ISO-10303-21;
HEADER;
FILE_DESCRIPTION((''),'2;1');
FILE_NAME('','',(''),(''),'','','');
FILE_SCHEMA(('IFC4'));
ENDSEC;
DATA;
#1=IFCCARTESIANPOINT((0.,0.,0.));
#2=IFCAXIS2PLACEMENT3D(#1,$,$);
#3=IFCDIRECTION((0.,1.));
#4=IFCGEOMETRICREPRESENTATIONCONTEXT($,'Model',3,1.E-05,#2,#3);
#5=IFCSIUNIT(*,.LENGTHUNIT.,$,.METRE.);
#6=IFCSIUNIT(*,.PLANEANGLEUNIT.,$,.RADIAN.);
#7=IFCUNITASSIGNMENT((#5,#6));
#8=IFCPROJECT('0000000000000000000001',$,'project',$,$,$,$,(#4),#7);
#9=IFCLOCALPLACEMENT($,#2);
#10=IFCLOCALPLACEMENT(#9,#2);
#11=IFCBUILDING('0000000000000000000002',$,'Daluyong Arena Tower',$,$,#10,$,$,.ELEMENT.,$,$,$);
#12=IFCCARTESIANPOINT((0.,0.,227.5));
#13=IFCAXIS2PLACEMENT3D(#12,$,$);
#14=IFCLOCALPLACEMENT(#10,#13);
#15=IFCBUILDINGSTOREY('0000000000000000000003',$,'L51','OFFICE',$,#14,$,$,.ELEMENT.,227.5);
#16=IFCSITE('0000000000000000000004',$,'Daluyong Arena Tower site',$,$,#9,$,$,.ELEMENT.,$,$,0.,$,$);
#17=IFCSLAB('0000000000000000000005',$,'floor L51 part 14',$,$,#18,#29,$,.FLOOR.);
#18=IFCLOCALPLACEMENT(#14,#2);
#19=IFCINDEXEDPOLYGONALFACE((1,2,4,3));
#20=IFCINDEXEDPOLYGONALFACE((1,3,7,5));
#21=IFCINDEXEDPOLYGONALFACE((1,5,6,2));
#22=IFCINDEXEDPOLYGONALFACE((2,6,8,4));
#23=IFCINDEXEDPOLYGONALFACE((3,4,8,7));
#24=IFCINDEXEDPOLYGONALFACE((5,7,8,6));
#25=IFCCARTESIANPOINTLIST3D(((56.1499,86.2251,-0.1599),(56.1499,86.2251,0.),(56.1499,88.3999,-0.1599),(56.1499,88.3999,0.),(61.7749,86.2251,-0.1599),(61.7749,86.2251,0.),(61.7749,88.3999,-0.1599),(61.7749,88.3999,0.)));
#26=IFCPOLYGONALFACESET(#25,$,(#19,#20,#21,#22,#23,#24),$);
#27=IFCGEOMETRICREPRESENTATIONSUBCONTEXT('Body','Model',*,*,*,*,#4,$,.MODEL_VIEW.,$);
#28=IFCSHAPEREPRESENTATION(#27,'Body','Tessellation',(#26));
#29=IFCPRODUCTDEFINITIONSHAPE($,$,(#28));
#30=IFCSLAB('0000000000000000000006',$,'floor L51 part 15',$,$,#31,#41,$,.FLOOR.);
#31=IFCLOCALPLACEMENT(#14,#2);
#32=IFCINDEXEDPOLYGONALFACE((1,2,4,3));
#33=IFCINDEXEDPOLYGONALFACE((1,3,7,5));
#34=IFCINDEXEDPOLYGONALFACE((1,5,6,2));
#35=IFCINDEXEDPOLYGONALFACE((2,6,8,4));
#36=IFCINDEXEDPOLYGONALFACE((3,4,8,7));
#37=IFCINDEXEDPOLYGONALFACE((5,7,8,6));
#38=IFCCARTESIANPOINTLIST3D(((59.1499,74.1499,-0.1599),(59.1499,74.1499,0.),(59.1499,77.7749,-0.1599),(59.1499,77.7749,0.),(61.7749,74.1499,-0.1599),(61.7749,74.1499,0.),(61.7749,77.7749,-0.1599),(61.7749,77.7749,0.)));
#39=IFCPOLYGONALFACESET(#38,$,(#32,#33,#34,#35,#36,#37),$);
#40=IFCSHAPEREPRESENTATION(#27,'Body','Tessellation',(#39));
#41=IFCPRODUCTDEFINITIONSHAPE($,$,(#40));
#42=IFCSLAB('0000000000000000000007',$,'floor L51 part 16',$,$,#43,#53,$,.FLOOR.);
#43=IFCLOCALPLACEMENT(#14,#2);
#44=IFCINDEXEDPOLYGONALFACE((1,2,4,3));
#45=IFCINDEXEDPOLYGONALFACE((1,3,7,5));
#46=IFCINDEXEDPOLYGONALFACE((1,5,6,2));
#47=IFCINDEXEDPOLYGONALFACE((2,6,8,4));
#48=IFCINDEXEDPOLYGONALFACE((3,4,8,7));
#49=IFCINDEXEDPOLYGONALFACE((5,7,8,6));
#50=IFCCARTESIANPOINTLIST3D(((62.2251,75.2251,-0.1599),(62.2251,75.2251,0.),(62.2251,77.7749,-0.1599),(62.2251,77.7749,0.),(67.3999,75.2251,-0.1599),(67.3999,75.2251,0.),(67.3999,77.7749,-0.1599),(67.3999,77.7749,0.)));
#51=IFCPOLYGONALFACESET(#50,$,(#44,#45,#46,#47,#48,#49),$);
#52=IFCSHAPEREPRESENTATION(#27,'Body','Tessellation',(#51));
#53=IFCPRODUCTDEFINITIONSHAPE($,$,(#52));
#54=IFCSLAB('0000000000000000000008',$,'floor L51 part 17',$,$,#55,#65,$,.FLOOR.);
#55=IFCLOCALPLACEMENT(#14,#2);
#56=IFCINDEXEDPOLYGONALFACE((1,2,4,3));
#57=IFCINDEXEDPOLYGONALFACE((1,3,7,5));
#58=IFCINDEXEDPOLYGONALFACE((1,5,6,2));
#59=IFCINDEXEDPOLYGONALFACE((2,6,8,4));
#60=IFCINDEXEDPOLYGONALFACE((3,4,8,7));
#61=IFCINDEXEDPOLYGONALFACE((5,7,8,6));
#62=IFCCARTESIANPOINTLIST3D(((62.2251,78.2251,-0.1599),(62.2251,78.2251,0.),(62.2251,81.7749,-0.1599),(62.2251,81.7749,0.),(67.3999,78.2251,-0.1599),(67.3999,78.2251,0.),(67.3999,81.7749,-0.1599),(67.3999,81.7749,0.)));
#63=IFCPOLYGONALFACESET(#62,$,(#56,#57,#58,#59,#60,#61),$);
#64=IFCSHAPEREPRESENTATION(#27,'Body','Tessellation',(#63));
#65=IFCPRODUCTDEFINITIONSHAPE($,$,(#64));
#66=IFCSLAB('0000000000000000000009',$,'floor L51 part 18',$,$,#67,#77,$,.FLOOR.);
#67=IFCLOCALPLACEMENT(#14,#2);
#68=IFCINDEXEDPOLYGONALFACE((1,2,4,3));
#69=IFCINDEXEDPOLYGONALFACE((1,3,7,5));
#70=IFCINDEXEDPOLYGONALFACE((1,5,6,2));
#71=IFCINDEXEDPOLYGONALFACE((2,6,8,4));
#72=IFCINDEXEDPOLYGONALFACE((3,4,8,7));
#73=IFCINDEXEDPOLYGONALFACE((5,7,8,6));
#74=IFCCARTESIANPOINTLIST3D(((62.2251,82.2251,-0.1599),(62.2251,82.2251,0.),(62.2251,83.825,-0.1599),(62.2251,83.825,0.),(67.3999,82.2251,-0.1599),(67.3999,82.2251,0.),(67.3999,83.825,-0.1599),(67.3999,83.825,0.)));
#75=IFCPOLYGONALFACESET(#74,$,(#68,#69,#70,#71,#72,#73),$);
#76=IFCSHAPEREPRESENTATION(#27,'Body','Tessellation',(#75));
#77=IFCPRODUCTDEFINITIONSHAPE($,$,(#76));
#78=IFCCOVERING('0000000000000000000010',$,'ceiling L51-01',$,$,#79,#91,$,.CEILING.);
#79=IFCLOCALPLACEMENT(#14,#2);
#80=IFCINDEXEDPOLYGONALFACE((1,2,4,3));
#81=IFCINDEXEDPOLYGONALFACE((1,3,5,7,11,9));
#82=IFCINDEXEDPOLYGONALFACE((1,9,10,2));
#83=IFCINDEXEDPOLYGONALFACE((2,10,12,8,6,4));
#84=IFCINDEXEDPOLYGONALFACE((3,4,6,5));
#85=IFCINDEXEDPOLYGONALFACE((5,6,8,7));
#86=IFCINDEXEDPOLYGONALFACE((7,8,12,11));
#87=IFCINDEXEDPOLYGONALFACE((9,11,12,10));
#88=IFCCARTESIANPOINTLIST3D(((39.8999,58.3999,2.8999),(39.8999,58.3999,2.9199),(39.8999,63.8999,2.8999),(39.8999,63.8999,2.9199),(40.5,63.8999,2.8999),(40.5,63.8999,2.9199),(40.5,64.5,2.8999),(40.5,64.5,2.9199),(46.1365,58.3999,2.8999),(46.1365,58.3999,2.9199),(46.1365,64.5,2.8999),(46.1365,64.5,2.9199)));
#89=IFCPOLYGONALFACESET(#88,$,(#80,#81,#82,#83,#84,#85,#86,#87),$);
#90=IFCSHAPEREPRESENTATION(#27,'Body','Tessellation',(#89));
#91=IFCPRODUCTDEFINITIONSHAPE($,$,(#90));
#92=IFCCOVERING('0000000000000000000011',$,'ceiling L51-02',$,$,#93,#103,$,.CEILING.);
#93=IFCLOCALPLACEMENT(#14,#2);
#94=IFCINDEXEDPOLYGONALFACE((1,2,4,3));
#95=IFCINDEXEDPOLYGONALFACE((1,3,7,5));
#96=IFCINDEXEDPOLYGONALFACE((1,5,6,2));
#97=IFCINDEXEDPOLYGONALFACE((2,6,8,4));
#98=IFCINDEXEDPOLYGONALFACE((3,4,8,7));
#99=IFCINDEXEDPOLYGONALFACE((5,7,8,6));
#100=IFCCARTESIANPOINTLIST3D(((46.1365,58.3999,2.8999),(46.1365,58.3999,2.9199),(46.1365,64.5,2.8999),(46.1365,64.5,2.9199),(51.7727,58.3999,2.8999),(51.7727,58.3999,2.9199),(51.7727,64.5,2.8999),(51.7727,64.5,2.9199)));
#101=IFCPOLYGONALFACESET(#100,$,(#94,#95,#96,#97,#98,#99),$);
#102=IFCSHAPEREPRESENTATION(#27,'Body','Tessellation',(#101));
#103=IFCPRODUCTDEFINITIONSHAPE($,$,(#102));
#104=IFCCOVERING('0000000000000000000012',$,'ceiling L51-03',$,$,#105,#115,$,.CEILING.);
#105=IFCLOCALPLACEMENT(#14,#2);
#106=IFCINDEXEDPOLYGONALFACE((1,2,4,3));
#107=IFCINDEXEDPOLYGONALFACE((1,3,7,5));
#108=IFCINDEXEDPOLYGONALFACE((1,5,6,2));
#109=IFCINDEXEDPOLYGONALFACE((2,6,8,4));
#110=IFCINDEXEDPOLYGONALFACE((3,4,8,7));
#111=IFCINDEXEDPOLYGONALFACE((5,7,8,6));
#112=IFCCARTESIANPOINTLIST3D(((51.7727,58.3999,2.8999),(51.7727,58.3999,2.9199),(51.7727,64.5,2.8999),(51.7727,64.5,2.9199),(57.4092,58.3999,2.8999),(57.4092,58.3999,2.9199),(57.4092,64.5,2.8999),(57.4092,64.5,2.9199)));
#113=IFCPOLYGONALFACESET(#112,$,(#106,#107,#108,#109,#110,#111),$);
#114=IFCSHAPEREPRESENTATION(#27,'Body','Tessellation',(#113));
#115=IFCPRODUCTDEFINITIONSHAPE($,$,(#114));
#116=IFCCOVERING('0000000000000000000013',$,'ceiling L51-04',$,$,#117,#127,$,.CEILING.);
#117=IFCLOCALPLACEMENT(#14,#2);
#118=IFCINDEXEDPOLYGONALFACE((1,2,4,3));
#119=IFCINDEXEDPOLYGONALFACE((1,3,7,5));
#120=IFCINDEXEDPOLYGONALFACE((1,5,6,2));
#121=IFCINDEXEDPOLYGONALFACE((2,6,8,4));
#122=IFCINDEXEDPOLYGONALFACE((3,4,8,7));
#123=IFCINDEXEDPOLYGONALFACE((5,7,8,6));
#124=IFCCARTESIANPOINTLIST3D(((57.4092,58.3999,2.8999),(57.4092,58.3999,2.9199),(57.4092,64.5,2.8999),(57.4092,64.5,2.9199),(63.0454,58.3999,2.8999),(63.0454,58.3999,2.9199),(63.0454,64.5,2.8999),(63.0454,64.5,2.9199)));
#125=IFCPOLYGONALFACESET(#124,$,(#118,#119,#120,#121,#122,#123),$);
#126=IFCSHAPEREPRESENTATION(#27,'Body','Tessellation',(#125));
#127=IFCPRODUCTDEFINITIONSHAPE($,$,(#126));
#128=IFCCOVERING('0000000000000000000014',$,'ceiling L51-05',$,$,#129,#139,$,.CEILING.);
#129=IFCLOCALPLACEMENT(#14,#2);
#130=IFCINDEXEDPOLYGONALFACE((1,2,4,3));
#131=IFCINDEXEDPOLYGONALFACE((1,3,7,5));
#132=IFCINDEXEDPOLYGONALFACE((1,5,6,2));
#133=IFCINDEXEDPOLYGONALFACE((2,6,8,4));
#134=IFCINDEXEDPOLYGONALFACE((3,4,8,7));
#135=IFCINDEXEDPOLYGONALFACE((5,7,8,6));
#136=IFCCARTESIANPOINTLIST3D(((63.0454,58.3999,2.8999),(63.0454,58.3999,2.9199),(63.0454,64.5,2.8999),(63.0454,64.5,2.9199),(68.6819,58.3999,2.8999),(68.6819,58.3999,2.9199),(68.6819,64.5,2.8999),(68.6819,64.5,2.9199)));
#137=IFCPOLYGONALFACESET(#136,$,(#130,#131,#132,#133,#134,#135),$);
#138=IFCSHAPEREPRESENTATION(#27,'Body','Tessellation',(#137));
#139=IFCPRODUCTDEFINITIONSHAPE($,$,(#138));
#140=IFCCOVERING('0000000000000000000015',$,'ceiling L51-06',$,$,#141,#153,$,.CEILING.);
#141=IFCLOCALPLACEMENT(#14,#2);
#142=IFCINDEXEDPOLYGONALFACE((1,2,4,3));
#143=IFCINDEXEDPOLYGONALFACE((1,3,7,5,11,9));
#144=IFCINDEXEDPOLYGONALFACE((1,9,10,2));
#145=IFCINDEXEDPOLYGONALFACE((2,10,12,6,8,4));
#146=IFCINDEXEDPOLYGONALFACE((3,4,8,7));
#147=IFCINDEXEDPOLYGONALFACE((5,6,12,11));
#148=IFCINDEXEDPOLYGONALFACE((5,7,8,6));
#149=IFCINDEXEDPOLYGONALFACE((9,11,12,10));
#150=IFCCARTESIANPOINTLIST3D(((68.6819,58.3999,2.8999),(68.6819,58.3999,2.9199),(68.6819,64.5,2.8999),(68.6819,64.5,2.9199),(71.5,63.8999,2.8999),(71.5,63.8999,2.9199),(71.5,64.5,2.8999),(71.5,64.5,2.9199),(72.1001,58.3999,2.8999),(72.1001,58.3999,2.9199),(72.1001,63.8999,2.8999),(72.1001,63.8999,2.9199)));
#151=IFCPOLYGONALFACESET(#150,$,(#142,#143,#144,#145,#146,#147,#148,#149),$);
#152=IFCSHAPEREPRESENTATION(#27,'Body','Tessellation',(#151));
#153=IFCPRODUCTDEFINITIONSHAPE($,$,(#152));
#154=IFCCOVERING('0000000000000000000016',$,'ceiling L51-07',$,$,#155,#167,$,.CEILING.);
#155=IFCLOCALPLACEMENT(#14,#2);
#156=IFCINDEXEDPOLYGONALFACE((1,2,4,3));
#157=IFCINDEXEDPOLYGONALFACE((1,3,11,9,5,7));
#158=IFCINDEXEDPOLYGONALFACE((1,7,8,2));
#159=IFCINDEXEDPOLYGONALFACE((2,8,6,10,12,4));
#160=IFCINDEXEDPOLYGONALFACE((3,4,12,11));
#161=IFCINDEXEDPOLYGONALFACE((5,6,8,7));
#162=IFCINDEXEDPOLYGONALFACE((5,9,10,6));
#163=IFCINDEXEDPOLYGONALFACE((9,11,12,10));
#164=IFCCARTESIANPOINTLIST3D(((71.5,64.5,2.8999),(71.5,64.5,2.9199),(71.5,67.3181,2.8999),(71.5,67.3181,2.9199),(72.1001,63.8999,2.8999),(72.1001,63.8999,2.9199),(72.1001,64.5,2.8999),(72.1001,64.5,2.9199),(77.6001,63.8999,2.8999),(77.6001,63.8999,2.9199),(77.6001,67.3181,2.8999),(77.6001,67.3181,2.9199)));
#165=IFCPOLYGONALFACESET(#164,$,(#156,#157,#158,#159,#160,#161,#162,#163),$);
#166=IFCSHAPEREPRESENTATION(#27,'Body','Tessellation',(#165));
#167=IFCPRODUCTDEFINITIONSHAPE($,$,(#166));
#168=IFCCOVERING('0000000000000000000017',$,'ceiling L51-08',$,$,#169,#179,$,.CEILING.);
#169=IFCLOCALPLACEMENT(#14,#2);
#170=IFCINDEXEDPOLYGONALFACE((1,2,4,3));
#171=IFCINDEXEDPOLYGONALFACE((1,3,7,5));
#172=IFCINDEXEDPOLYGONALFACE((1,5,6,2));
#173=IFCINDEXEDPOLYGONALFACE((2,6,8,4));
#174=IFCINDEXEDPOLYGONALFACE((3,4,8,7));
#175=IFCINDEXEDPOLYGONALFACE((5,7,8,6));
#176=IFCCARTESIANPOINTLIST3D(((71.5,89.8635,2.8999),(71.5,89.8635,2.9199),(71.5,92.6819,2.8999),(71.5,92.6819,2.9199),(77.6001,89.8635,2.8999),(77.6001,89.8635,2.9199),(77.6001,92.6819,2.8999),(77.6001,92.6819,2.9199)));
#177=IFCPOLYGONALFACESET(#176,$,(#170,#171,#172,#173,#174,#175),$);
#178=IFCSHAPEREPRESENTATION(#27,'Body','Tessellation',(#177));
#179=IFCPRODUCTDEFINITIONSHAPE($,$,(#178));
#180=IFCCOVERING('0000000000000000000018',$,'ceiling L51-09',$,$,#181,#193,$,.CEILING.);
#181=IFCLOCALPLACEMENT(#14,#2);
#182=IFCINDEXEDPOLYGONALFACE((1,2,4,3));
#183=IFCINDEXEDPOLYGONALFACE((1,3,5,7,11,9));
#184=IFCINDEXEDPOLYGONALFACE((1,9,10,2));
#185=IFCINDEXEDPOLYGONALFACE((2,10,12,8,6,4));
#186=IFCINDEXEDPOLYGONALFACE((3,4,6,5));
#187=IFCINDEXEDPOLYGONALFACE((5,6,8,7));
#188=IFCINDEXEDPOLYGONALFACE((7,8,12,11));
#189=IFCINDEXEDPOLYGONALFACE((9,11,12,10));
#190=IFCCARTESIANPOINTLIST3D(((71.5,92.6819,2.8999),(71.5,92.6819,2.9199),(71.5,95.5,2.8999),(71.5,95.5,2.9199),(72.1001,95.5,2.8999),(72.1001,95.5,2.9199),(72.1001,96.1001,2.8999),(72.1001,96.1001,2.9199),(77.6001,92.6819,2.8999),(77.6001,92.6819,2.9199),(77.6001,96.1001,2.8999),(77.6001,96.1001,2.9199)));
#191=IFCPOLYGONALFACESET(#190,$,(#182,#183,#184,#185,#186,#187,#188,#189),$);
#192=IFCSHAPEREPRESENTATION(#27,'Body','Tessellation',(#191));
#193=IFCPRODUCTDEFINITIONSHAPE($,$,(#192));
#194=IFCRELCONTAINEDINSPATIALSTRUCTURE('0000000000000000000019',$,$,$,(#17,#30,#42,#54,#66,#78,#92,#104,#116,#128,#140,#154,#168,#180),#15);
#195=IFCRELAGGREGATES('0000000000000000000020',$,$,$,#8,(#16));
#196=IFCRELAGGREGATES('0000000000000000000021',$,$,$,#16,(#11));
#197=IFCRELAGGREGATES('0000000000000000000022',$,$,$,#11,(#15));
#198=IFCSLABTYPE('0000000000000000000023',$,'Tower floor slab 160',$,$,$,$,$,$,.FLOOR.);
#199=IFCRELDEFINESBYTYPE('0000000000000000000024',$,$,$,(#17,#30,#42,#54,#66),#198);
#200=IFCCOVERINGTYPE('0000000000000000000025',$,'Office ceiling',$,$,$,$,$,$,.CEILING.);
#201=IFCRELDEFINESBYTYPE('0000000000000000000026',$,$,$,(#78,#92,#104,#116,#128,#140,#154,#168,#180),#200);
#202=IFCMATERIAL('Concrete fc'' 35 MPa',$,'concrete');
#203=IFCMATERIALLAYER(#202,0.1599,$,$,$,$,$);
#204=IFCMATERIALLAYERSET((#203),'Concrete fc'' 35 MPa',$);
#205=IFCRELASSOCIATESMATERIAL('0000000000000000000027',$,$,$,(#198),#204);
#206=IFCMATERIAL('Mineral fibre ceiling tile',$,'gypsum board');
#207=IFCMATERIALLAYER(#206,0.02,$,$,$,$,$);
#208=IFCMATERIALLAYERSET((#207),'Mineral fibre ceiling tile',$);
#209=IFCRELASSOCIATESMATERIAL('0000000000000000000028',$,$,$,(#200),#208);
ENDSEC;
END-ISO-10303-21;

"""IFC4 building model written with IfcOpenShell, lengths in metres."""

from ifc_helpers import new_model, si_unit, direction, frame, origin, place, context, subcontext, project, spatial, polyline, outline, extrude, material, layer, layer_set, type_object, element, save


model = new_model("IFC4")

# Units and contexts
model_context = context("Model", 3, precision=1e-05, world=origin(), true_north=direction((0.0, 1.0)))
body_context = subcontext(model_context, "Body", "Model", "MODEL_VIEW")
ifc_project = project(units=[si_unit("LENGTHUNIT", "METRE"), si_unit("PLANEANGLEUNIT", "RADIAN")], contexts=[model_context])

# Site, building, storey
site_placement = place(None, origin())
site = spatial("IfcSite", under=ifc_project, at=site_placement, Name="Daluyong Arena Tower site", CompositionType="ELEMENT", RefElevation=0.0)
building_placement = place(site_placement, origin())
building = spatial("IfcBuilding", under=site, at=building_placement, Name="Daluyong Arena Tower", CompositionType="ELEMENT")
storey_placement = place(building_placement, frame((0.0, 0.0, 227.5)))
storey = spatial("IfcBuildingStorey", under=building, at=storey_placement, Name="L51", Description="OFFICE", CompositionType="ELEMENT", Elevation=227.5)

# Slabs
ifc_material_1 = material(Name="Concrete fc' 35 MPa", Category="concrete")
ifc_layer_1 = layer(ifc_material_1, 0.1599)
ifc_layer_set_1 = layer_set([ifc_layer_1], Name="Concrete fc' 35 MPa")
slab_type = type_object("IfcSlabType", Name="Tower floor slab 160", PredefinedType="FLOOR", material=ifc_layer_set_1)
slab_1_placement = place(storey_placement, frame((0.0, 0.0, -0.1599)))
element("IfcSlab", 1, at=slab_1_placement, inside=storey, type_object=slab_type, Name="floor L51 part 14", PredefinedType="FLOOR", context=body_context, shape_type="SweptSolid", body=[
    extrude(outline(polyline([(56.1499, 88.3999), (56.1499, 86.2251), (61.7749, 86.2251), (61.7749, 88.3999), (56.1499, 88.3999)])), origin(), (0.0, 0.0, 1.0), 0.1599),
])
slab_2_placement = place(storey_placement, frame((0.0, 0.0, -0.1599)))
element("IfcSlab", 2, at=slab_2_placement, inside=storey, type_object=slab_type, Name="floor L51 part 15", PredefinedType="FLOOR", context=body_context, shape_type="SweptSolid", body=[
    extrude(outline(polyline([(61.7749, 77.7749), (59.1499, 77.7749), (59.1499, 74.1499), (61.7749, 74.1499), (61.7749, 77.7749)])), origin(), (0.0, 0.0, 1.0), 0.1599),
])
slab_3_placement = place(storey_placement, frame((0.0, 0.0, -0.1599)))
element("IfcSlab", 3, at=slab_3_placement, inside=storey, type_object=slab_type, Name="floor L51 part 16", PredefinedType="FLOOR", context=body_context, shape_type="SweptSolid", body=[
    extrude(outline(polyline([(67.3999, 75.2251), (67.3999, 77.7749), (62.2251, 77.7749), (62.2251, 75.2251), (67.3999, 75.2251)])), origin(), (0.0, 0.0, 1.0), 0.1599),
])
slab_4_placement = place(storey_placement, frame((0.0, 0.0, -0.1599)))
element("IfcSlab", 4, at=slab_4_placement, inside=storey, type_object=slab_type, Name="floor L51 part 17", PredefinedType="FLOOR", context=body_context, shape_type="SweptSolid", body=[
    extrude(outline(polyline([(67.3999, 78.2251), (67.3999, 81.7749), (62.2251, 81.7749), (62.2251, 78.2251), (67.3999, 78.2251)])), origin(), (0.0, 0.0, 1.0), 0.1599),
])
slab_5_placement = place(storey_placement, frame((0.0, 0.0, -0.1599)))
element("IfcSlab", 5, at=slab_5_placement, inside=storey, type_object=slab_type, Name="floor L51 part 18", PredefinedType="FLOOR", context=body_context, shape_type="SweptSolid", body=[
    extrude(outline(polyline([(67.3999, 83.825), (62.2251, 83.825), (62.2251, 82.2251), (67.3999, 82.2251), (67.3999, 83.825)])), origin(), (0.0, 0.0, 1.0), 0.1599),
])

# Coverings
ifc_material_2 = material(Name="Mineral fibre ceiling tile", Category="gypsum board")
ifc_layer_2 = layer(ifc_material_2, 0.02)
ifc_layer_set_2 = layer_set([ifc_layer_2], Name="Mineral fibre ceiling tile")
covering_type = type_object("IfcCoveringType", Name="Office ceiling", PredefinedType="CEILING", material=ifc_layer_set_2)
covering_1_placement = place(storey_placement, frame((0.0, 0.0, 2.8999)))
element("IfcCovering", 6, at=covering_1_placement, inside=storey, type_object=covering_type, Name="ceiling L51-01", PredefinedType="CEILING", context=body_context, shape_type="SweptSolid", body=[
    extrude(outline(polyline([(39.8999, 63.8999), (39.8999, 58.3999), (46.1365, 58.3999), (46.1365, 64.5), (40.5, 64.5), (40.5, 63.8999), (39.8999, 63.8999)])), origin(), (0.0, 0.0, 1.0), 0.02),
])
covering_2_placement = place(storey_placement, frame((0.0, 0.0, 2.8999)))
element("IfcCovering", 7, at=covering_2_placement, inside=storey, type_object=covering_type, Name="ceiling L51-02", PredefinedType="CEILING", context=body_context, shape_type="SweptSolid", body=[
    extrude(outline(polyline([(46.1365, 64.5), (46.1365, 58.3999), (51.7727, 58.3999), (51.7727, 64.5), (46.1365, 64.5)])), origin(), (0.0, 0.0, 1.0), 0.02),
])
covering_3_placement = place(storey_placement, frame((0.0, 0.0, 2.8999)))
element("IfcCovering", 8, at=covering_3_placement, inside=storey, type_object=covering_type, Name="ceiling L51-03", PredefinedType="CEILING", context=body_context, shape_type="SweptSolid", body=[
    extrude(outline(polyline([(51.7727, 64.5), (51.7727, 58.3999), (57.4092, 58.3999), (57.4092, 64.5), (51.7727, 64.5)])), origin(), (0.0, 0.0, 1.0), 0.02),
])
covering_4_placement = place(storey_placement, frame((0.0, 0.0, 2.8999)))
element("IfcCovering", 9, at=covering_4_placement, inside=storey, type_object=covering_type, Name="ceiling L51-04", PredefinedType="CEILING", context=body_context, shape_type="SweptSolid", body=[
    extrude(outline(polyline([(57.4092, 64.5), (57.4092, 58.3999), (63.0454, 58.3999), (63.0454, 64.5), (57.4092, 64.5)])), origin(), (0.0, 0.0, 1.0), 0.02),
])
covering_5_placement = place(storey_placement, frame((0.0, 0.0, 2.8999)))
element("IfcCovering", 10, at=covering_5_placement, inside=storey, type_object=covering_type, Name="ceiling L51-05", PredefinedType="CEILING", context=body_context, shape_type="SweptSolid", body=[
    extrude(outline(polyline([(63.0454, 64.5), (63.0454, 58.3999), (68.6819, 58.3999), (68.6819, 64.5), (63.0454, 64.5)])), origin(), (0.0, 0.0, 1.0), 0.02),
])
covering_6_placement = place(storey_placement, frame((0.0, 0.0, 2.8999)))
element("IfcCovering", 11, at=covering_6_placement, inside=storey, type_object=covering_type, Name="ceiling L51-06", PredefinedType="CEILING", context=body_context, shape_type="SweptSolid", body=[
    extrude(outline(polyline([(72.1001, 58.3999), (72.1001, 63.8999), (71.5, 63.8999), (71.5, 64.5), (68.6819, 64.5), (68.6819, 58.3999), (72.1001, 58.3999)])), origin(), (0.0, 0.0, 1.0), 0.02),
])
covering_7_placement = place(storey_placement, frame((0.0, 0.0, 2.8999)))
element("IfcCovering", 12, at=covering_7_placement, inside=storey, type_object=covering_type, Name="ceiling L51-07", PredefinedType="CEILING", context=body_context, shape_type="SweptSolid", body=[
    extrude(outline(polyline([(72.1001, 63.8999), (77.6001, 63.8999), (77.6001, 67.3181), (71.5, 67.3181), (71.5, 64.5), (72.1001, 64.5), (72.1001, 63.8999)])), origin(), (0.0, 0.0, 1.0), 0.02),
])
covering_8_placement = place(storey_placement, frame((0.0, 0.0, 2.8999)))
element("IfcCovering", 13, at=covering_8_placement, inside=storey, type_object=covering_type, Name="ceiling L51-08", PredefinedType="CEILING", context=body_context, shape_type="SweptSolid", body=[
    extrude(outline(polyline([(71.5, 89.8635), (77.6001, 89.8635), (77.6001, 92.6819), (71.5, 92.6819), (71.5, 89.8635)])), origin(), (0.0, 0.0, 1.0), 0.02),
])
covering_9_placement = place(storey_placement, frame((0.0, 0.0, 2.8999)))
element("IfcCovering", 14, at=covering_9_placement, inside=storey, type_object=covering_type, Name="ceiling L51-09", PredefinedType="CEILING", context=body_context, shape_type="SweptSolid", body=[
    extrude(outline(polyline([(71.5, 92.6819), (77.6001, 92.6819), (77.6001, 96.1001), (72.1001, 96.1001), (72.1001, 95.5), (71.5, 95.5), (71.5, 92.6819)])), origin(), (0.0, 0.0, 1.0), 0.02),
])

save(model, "model.ifc")
